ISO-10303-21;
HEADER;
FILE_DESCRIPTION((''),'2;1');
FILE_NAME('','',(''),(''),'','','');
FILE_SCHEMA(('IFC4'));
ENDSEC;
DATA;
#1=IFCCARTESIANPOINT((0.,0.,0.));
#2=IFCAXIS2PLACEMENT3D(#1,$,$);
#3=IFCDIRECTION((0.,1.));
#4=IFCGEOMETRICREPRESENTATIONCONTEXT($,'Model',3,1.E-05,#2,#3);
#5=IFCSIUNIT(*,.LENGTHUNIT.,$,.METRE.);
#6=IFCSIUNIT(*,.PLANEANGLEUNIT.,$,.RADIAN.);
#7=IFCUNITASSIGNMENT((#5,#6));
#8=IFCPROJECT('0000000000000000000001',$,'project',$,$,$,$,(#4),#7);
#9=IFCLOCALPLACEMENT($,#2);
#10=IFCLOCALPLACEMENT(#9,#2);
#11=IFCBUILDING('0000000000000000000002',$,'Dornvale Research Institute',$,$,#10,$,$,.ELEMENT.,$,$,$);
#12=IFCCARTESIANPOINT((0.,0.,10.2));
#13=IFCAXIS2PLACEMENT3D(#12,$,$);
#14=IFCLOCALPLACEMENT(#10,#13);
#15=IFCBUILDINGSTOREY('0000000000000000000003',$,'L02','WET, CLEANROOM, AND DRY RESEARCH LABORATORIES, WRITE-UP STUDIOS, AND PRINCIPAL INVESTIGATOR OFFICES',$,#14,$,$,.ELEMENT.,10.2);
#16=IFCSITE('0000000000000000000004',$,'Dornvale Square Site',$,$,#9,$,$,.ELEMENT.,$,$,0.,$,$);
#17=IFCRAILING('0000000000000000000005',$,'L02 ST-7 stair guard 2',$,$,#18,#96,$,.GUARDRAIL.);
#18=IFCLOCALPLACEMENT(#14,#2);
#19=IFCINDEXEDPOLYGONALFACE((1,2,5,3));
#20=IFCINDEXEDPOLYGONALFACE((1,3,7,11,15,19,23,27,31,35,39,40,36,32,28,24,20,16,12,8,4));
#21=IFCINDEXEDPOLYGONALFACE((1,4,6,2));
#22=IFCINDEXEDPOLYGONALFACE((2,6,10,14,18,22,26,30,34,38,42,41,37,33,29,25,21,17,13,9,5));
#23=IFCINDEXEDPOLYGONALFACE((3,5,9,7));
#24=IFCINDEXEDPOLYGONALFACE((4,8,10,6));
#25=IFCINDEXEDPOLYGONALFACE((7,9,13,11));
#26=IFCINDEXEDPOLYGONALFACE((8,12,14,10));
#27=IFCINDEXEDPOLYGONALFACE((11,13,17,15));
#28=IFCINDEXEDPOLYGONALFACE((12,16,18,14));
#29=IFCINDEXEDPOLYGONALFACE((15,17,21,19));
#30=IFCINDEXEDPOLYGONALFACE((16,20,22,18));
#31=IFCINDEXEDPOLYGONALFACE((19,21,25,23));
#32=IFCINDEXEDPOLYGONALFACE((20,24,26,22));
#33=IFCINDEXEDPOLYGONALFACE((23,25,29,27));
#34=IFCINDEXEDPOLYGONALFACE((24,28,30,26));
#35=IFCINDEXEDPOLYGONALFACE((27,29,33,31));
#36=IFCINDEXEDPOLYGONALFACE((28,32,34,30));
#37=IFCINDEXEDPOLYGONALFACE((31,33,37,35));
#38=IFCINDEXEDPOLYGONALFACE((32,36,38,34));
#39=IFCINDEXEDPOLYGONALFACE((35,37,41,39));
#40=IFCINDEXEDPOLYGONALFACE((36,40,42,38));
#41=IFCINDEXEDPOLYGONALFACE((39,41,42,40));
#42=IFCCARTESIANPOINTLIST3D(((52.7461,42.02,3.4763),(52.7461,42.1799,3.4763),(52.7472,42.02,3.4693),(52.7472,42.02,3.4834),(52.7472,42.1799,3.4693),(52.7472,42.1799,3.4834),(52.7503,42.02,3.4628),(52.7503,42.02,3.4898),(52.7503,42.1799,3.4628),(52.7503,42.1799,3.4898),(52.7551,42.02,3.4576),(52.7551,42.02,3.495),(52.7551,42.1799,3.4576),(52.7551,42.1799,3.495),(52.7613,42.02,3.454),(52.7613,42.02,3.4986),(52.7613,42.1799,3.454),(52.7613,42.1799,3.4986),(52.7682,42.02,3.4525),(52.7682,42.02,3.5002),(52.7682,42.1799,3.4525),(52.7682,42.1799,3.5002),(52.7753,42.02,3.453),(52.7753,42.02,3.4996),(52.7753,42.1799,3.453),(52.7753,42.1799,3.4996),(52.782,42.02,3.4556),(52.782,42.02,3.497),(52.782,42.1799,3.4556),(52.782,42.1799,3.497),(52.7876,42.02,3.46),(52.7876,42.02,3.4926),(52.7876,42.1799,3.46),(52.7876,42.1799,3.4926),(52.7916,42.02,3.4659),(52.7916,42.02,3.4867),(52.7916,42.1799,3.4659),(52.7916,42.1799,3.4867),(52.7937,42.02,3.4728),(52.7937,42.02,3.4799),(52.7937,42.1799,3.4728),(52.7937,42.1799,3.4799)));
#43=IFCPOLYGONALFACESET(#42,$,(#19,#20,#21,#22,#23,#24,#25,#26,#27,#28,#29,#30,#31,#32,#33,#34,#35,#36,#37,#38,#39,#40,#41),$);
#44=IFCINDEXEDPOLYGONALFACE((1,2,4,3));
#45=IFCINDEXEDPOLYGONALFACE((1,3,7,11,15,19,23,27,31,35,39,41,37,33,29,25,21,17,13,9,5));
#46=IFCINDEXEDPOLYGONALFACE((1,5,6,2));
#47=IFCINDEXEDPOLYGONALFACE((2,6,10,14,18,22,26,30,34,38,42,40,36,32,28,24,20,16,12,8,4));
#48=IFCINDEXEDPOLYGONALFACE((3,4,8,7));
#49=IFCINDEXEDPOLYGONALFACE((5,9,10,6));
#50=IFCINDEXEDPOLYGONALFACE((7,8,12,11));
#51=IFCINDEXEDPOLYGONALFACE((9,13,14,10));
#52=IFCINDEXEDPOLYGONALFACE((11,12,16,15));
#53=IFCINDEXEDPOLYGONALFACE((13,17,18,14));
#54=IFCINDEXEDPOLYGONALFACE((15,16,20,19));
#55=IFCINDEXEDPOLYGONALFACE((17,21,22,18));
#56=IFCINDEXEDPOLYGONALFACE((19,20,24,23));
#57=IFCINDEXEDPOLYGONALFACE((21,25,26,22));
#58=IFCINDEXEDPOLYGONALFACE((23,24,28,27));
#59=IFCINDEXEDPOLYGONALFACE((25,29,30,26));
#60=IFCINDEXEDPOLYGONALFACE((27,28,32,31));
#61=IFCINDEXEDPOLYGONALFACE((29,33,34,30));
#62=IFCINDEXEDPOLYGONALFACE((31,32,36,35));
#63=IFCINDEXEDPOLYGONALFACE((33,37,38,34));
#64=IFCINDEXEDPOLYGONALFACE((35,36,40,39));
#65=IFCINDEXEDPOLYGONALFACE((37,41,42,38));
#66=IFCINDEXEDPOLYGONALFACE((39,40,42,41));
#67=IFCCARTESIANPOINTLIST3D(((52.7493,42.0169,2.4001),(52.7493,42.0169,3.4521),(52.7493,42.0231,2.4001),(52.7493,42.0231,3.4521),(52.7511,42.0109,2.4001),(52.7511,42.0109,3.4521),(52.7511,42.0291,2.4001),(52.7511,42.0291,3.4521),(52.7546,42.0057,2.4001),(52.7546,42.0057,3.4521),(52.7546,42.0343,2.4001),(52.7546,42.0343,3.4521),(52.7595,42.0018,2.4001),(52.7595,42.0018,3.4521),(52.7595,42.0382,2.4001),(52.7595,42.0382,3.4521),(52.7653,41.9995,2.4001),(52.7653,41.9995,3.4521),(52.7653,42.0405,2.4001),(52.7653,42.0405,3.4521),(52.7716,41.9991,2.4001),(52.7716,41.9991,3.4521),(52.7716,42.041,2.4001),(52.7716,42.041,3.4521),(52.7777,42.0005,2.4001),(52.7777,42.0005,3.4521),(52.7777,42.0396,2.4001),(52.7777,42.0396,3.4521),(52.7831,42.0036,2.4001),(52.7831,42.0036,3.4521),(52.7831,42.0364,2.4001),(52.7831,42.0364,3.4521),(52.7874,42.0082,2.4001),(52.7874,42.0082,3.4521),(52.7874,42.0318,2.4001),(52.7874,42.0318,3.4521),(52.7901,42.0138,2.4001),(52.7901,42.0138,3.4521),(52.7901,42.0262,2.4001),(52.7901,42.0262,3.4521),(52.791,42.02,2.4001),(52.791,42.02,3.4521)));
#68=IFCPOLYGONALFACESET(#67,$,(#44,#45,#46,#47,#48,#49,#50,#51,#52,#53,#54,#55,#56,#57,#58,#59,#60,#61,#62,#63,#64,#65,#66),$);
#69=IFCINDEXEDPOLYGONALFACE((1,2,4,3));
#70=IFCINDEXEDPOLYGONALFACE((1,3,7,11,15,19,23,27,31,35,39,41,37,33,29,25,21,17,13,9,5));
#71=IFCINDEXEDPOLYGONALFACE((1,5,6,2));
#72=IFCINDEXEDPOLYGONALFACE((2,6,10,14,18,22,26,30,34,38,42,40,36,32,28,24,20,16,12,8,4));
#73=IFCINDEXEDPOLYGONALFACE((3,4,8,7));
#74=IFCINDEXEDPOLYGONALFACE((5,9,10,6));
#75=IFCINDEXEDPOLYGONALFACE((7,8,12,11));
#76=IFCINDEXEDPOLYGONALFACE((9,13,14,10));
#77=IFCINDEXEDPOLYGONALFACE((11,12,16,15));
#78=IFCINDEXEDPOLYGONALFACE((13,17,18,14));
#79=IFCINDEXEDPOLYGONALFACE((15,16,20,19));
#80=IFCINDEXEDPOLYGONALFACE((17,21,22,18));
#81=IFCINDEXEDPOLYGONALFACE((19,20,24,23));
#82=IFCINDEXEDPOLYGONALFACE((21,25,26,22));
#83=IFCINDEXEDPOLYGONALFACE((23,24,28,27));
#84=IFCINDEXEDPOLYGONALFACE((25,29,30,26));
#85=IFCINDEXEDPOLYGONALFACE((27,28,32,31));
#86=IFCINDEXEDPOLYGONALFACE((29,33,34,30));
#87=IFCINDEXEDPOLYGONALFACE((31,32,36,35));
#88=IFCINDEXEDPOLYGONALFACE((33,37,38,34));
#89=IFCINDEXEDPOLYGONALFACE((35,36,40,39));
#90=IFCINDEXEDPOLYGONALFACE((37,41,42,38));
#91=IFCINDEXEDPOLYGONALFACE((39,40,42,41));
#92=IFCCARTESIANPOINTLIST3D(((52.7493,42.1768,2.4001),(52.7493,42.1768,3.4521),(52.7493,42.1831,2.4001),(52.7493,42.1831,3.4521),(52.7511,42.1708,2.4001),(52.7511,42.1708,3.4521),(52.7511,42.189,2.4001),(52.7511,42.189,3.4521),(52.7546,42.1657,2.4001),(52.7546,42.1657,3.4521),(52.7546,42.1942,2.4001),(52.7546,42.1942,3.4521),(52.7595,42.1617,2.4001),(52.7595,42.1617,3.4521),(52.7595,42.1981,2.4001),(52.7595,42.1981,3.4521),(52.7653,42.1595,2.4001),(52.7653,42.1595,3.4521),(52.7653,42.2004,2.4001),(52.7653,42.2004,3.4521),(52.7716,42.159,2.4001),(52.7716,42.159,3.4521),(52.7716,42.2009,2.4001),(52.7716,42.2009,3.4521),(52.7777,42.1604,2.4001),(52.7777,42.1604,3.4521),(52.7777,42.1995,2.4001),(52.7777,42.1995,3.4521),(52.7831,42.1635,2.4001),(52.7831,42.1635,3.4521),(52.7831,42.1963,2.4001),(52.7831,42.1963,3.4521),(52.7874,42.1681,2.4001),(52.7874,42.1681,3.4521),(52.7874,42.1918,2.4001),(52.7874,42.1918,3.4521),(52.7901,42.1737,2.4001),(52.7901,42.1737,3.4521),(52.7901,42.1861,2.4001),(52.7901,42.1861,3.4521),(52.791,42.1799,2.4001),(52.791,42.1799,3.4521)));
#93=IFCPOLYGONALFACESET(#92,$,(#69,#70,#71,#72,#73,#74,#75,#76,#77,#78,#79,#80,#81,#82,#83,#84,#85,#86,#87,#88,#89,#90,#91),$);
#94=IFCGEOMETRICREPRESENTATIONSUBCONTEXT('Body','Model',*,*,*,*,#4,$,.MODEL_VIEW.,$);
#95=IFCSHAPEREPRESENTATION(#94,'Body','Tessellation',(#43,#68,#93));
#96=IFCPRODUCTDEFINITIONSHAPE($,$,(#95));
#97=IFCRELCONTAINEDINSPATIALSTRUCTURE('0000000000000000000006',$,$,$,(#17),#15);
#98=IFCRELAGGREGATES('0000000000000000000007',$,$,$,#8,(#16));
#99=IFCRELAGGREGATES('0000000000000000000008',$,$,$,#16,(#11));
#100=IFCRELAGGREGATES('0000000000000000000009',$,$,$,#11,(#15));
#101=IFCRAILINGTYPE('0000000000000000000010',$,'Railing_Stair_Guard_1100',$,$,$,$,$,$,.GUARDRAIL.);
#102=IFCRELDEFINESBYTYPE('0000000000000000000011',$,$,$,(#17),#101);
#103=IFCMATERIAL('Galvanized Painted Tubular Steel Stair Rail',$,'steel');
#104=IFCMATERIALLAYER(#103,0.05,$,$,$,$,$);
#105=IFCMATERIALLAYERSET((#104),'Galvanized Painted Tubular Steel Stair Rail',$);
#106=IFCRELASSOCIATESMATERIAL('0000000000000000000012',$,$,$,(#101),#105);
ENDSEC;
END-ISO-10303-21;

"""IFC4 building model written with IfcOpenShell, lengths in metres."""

from ifc_helpers import new_model, si_unit, direction, frame, origin, origin_2d, place, context, subcontext, project, spatial, circle, extrude, material, layer, layer_set, type_object, element, save


model = new_model("IFC4")

# Units and contexts
model_context = context("Model", 3, precision=1e-05, world=origin(), true_north=direction((0.0, 1.0)))
body_context = subcontext(model_context, "Body", "Model", "MODEL_VIEW")
ifc_project = project(units=[si_unit("LENGTHUNIT", "METRE"), si_unit("PLANEANGLEUNIT", "RADIAN")], contexts=[model_context])

# Site, building, storey
site_placement = place(None, origin())
site = spatial("IfcSite", under=ifc_project, at=site_placement, Name="Dornvale Square Site", CompositionType="ELEMENT", RefElevation=0.0)
building_placement = place(site_placement, origin())
building = spatial("IfcBuilding", under=site, at=building_placement, Name="Dornvale Research Institute", CompositionType="ELEMENT")
storey_placement = place(building_placement, frame((0.0, 0.0, 10.2)))
storey = spatial("IfcBuildingStorey", under=building, at=storey_placement, Name="L02", Description="WET, CLEANROOM, AND DRY RESEARCH LABORATORIES, WRITE-UP STUDIOS, AND PRINCIPAL INVESTIGATOR OFFICES", CompositionType="ELEMENT", Elevation=10.2)

# Railing
ifc_material_1 = material(Name="Galvanized Painted Tubular Steel Stair Rail", Category="steel")
ifc_layer_1 = layer(ifc_material_1, 0.05)
ifc_layer_set_1 = layer_set([ifc_layer_1], Name="Galvanized Painted Tubular Steel Stair Rail")
railing_type_1 = type_object("IfcRailingType", Name="Railing_Stair_Guard_1100", PredefinedType="GUARDRAIL", material=ifc_layer_set_1)
railing_1_placement = place(storey_placement, frame((52.77, 42.02, 2.4001)))
element("IfcRailing", 1, at=railing_1_placement, inside=storey, type_object=railing_type_1, Name="L02 ST-7 stair guard 2", PredefinedType="GUARDRAIL", context=body_context, shape_type="SweptSolid", body=[
    extrude(circle(Radius=0.0239, at=origin_2d()), frame((0.0, 0.0, 1.0762), z_axis=(0.0, 1.0, 0.0), x_axis=(-1.0, 0.0, 0.0)), (0.0, 0.0, 1.0), 0.1599),
    extrude(circle(Radius=0.021, at=origin_2d()), origin(), (0.0, 0.0, 1.0), 1.052),
    extrude(circle(Radius=0.021, at=origin_2d()), frame((0.0, 0.1599, 0.0)), (0.0, 0.0, 1.0), 1.052),
])

save(model, "model.ifc")
